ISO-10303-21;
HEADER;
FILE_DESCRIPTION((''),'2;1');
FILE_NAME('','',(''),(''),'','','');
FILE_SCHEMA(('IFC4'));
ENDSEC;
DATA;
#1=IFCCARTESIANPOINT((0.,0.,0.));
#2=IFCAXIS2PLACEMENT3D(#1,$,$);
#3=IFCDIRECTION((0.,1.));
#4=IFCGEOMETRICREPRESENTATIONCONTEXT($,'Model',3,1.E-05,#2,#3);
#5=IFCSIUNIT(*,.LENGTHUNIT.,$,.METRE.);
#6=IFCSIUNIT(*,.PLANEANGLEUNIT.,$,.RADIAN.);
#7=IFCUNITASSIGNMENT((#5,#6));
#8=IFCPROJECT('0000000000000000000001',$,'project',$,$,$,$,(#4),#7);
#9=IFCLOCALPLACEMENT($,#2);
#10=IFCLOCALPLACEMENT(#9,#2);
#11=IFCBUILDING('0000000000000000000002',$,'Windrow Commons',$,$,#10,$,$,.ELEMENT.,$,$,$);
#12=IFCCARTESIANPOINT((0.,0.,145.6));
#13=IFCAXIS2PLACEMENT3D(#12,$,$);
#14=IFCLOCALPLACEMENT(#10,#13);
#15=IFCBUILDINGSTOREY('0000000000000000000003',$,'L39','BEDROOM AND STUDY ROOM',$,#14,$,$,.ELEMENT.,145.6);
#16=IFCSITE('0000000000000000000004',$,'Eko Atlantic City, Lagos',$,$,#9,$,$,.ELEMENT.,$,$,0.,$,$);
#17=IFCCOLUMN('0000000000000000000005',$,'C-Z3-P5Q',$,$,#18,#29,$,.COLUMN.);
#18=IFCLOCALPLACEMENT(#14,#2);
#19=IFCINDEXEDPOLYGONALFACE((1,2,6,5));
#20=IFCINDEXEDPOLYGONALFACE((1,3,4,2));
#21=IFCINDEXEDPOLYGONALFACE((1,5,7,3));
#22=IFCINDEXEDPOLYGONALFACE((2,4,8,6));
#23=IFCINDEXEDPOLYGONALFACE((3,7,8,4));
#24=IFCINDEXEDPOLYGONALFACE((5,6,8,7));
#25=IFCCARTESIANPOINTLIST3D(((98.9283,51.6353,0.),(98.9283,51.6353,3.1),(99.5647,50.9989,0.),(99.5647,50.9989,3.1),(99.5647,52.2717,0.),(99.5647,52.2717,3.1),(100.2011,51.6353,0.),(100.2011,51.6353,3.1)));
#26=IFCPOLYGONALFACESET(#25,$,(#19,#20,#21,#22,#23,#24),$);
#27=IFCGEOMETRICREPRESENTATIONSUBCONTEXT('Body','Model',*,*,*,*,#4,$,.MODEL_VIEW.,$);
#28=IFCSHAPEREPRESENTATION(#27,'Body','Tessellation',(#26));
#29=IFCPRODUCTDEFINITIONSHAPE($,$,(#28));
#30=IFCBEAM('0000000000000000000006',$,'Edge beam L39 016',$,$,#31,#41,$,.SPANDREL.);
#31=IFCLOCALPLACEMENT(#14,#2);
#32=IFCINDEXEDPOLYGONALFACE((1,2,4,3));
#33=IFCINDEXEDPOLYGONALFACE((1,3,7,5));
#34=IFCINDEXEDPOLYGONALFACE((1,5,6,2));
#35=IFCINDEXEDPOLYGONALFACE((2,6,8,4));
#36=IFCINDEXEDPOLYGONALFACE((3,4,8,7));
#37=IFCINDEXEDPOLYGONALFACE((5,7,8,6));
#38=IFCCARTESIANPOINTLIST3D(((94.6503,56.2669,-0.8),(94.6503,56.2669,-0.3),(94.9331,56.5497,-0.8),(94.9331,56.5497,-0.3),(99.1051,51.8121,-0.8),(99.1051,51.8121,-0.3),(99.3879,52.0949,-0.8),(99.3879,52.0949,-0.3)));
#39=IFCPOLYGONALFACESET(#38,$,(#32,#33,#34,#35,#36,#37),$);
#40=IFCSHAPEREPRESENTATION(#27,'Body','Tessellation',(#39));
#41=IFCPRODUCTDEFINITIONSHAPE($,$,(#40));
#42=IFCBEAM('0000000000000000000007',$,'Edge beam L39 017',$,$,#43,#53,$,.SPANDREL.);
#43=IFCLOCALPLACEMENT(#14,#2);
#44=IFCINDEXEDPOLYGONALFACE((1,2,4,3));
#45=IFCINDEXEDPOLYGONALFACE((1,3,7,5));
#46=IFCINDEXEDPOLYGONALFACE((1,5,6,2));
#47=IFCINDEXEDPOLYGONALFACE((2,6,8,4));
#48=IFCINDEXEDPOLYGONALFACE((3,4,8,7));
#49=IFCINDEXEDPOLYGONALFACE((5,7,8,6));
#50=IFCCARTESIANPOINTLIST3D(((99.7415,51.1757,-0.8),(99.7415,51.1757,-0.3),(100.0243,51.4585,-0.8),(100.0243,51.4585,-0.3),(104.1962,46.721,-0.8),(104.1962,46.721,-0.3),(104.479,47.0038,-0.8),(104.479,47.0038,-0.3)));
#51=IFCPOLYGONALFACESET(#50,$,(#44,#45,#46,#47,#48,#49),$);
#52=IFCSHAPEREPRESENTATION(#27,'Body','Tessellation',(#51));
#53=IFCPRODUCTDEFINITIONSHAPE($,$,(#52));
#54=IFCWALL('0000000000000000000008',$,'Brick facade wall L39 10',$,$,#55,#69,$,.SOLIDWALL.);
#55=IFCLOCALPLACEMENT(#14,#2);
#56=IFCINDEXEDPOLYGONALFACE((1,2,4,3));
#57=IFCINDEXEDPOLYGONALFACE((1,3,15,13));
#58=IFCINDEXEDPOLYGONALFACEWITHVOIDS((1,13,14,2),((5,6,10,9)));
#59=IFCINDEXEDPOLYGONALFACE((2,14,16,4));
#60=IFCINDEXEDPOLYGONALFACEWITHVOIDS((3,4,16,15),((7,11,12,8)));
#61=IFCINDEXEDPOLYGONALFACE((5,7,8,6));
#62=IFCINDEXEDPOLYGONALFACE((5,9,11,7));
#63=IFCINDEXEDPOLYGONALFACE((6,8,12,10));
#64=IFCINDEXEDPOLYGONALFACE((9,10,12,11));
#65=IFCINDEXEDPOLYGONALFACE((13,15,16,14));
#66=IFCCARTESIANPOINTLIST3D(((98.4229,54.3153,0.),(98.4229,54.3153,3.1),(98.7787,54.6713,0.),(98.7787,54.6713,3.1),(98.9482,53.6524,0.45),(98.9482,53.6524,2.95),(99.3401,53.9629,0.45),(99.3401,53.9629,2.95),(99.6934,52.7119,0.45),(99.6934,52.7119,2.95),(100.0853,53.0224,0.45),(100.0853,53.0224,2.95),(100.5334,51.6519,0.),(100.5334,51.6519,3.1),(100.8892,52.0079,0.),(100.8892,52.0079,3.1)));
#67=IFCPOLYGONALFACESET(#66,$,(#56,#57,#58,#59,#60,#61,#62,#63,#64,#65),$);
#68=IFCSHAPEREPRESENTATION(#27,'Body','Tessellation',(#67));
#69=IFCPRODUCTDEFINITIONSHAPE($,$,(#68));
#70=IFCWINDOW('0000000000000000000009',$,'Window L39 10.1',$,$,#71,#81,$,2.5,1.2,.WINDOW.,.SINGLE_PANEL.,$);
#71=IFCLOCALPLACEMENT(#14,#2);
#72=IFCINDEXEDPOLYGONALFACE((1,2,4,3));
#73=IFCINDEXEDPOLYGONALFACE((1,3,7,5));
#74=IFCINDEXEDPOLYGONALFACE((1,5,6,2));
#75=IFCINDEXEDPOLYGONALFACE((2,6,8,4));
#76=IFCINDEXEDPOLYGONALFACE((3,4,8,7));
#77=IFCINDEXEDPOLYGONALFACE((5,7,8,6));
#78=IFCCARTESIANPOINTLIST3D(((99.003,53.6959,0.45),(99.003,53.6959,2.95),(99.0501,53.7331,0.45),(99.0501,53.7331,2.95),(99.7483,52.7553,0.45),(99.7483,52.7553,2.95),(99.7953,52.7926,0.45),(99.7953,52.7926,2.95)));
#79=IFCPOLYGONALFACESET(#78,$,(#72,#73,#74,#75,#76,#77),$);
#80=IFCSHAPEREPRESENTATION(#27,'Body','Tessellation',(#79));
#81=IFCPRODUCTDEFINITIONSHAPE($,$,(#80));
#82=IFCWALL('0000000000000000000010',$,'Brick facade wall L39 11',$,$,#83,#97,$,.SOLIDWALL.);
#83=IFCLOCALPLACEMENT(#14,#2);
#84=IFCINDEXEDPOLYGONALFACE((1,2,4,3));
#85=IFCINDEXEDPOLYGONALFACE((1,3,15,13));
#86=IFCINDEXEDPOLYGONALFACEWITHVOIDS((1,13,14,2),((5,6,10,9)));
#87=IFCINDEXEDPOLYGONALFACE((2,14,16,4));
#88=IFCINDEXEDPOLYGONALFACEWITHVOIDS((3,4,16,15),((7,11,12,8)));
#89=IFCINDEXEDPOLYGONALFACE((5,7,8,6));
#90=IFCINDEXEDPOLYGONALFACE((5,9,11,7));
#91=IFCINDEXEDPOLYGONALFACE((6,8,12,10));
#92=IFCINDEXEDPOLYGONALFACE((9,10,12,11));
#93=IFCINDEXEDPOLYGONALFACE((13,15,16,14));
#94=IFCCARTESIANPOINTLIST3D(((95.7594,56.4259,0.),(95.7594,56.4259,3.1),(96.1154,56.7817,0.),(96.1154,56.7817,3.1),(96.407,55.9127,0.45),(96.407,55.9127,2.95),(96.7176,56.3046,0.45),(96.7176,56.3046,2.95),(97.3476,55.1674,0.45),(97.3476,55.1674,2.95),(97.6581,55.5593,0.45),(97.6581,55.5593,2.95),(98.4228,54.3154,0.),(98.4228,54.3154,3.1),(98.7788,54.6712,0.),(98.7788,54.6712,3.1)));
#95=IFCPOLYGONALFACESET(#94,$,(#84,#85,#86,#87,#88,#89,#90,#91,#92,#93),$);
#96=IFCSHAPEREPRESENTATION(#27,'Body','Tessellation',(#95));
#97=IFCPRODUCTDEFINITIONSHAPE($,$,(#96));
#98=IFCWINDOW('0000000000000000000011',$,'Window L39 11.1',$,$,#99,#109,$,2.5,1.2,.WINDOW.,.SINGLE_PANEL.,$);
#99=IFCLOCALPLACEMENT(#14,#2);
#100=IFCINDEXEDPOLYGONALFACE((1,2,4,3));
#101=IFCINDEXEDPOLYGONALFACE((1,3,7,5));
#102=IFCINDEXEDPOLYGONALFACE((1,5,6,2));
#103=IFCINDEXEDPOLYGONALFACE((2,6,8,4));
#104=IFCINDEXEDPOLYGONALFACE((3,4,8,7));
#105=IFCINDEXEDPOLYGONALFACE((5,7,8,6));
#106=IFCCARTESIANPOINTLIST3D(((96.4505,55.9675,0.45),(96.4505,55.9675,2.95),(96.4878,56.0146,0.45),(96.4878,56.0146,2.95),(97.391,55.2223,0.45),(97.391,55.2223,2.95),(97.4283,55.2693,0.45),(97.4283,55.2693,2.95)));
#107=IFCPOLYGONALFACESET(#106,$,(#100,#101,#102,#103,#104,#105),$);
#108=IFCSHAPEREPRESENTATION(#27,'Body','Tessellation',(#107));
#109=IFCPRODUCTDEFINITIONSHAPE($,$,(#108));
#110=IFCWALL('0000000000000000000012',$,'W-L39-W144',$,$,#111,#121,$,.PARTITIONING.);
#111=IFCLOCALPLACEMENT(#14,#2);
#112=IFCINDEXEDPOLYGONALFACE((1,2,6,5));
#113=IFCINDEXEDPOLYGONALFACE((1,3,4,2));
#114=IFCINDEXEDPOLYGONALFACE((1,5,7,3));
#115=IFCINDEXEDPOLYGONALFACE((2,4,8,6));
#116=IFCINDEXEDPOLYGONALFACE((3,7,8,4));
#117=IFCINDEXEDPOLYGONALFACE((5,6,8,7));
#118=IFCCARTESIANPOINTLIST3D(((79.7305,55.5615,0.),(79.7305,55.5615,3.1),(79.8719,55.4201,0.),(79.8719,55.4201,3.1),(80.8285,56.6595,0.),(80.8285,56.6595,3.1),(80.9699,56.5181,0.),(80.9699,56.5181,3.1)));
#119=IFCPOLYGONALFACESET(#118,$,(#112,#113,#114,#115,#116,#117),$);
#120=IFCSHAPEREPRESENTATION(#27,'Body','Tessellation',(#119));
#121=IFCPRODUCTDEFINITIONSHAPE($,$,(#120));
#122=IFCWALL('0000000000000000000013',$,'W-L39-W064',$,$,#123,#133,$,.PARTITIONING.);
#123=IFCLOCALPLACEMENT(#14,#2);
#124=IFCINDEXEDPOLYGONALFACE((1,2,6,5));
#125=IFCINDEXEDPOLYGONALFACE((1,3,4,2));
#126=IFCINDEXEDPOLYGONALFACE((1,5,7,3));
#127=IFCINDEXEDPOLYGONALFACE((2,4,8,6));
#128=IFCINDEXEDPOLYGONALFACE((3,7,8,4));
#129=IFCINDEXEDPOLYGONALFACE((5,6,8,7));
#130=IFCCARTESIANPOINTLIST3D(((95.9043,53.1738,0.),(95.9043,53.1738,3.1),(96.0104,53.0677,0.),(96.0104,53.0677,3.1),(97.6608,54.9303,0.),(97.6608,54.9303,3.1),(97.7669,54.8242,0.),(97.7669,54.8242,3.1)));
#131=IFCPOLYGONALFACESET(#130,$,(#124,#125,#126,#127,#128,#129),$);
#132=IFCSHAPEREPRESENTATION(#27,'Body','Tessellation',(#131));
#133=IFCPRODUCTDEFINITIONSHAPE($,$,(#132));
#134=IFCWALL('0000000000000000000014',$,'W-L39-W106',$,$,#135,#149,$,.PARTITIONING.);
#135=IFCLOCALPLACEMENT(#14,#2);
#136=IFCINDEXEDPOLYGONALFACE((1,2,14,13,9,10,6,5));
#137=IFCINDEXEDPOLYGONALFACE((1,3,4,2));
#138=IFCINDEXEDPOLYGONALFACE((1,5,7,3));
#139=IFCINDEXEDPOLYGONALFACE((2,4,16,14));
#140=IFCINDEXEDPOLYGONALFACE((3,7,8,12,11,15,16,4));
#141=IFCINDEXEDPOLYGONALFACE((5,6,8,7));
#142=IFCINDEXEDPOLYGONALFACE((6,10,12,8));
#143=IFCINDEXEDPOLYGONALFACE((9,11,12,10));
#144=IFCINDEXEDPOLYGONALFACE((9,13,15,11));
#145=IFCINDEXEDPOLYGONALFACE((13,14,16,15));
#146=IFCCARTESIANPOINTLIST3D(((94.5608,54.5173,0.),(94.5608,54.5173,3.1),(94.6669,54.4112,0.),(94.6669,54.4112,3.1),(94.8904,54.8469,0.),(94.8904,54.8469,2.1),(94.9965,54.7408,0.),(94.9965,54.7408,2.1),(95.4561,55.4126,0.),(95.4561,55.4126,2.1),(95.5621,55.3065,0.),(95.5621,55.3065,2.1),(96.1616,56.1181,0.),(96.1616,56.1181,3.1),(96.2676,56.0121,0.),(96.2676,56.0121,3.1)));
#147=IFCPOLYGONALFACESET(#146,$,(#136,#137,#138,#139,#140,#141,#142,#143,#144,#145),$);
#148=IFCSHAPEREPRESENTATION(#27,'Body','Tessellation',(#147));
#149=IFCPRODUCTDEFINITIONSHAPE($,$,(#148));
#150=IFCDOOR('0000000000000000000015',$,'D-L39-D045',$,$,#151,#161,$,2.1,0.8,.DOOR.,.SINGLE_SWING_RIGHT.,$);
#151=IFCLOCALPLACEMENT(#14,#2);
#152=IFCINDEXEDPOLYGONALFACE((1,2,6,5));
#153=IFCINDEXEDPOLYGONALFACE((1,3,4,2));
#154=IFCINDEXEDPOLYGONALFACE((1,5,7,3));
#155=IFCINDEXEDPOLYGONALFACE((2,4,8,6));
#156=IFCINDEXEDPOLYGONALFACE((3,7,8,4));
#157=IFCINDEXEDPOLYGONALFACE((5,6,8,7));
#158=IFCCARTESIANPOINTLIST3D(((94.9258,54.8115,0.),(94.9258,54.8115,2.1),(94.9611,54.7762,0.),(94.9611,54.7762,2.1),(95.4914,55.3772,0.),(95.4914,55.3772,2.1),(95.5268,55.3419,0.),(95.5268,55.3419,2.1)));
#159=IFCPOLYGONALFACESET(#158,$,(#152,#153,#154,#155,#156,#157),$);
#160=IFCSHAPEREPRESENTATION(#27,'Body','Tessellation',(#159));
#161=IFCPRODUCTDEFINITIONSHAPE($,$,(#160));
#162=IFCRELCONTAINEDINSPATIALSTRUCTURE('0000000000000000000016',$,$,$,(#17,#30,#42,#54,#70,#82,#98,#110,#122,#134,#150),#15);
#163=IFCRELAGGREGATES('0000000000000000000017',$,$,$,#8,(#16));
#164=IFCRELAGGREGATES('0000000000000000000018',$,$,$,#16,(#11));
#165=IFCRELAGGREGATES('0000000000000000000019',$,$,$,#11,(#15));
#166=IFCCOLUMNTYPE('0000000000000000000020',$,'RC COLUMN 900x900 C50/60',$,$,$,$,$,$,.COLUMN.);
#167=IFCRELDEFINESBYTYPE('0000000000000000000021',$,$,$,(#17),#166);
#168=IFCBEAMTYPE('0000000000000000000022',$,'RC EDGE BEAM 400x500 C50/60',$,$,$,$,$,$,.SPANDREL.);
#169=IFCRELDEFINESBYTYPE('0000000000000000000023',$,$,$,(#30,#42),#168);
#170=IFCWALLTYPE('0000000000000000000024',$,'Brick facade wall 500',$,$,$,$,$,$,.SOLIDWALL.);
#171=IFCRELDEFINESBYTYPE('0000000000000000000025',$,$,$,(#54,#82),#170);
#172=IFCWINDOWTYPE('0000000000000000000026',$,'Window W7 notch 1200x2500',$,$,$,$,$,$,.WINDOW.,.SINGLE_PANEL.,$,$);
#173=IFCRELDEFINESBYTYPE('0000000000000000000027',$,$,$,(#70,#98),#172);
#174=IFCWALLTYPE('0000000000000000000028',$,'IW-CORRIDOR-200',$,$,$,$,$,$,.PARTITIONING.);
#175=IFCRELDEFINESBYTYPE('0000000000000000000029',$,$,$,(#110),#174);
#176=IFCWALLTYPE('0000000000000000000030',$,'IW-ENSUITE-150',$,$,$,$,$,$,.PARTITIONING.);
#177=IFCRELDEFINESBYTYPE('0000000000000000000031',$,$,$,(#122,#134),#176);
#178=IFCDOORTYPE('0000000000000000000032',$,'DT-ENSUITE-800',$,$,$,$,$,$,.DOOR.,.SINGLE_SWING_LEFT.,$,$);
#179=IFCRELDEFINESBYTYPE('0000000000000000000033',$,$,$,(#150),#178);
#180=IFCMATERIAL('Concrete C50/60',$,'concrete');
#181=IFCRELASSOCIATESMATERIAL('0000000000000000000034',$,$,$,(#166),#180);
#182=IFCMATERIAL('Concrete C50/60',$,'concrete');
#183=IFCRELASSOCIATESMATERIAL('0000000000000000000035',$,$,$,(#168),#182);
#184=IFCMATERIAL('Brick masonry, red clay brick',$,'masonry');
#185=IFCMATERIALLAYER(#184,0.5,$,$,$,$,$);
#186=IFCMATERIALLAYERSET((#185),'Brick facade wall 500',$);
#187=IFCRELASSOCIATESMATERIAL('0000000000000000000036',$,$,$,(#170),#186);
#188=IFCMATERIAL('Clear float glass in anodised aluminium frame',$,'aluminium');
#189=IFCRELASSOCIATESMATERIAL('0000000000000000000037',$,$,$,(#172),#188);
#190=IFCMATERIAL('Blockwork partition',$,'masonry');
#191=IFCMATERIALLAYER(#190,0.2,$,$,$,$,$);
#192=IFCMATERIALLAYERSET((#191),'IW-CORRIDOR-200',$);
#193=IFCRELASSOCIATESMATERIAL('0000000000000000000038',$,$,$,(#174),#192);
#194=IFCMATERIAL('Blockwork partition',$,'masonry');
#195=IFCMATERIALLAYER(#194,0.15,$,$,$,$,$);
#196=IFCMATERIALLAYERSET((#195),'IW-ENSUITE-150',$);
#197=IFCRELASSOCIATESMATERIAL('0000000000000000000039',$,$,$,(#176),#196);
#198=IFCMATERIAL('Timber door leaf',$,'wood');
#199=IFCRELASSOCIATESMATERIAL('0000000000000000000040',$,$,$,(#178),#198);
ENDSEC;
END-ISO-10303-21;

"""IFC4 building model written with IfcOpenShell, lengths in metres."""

from ifc_helpers import new_model, si_unit, direction, frame, frame_2d, origin, origin_2d, place, context, subcontext, project, spatial, polyline, rectangle, outline, extrude, material, layer, layer_set, material_profile, profile_set, type_object, element, fill, save


model = new_model("IFC4")

# Units and contexts
model_context = context("Model", 3, precision=1e-05, world=origin(), true_north=direction((0.0, 1.0)))
body_context = subcontext(model_context, "Body", "Model", "MODEL_VIEW")
ifc_project = project(units=[si_unit("LENGTHUNIT", "METRE"), si_unit("PLANEANGLEUNIT", "RADIAN")], contexts=[model_context])

# Site, building, storey
site_placement = place(None, origin())
site = spatial("IfcSite", under=ifc_project, at=site_placement, Name="Eko Atlantic City, Lagos", CompositionType="ELEMENT", RefElevation=0.0)
building_placement = place(site_placement, origin())
building = spatial("IfcBuilding", under=site, at=building_placement, Name="Windrow Commons", CompositionType="ELEMENT")
storey_placement = place(building_placement, frame((0.0, 0.0, 145.6)))
storey = spatial("IfcBuildingStorey", under=building, at=storey_placement, Name="L39", Description="BEDROOM AND STUDY ROOM", CompositionType="ELEMENT", Elevation=145.6)

# Column
ifc_material_1 = material(Name="Concrete C50/60", Category="concrete")
ifc_material_profile_1 = material_profile(ifc_material_1, rectangle(XDim=0.9, YDim=0.9, at=origin_2d()))
ifc_profile_set_1 = profile_set([ifc_material_profile_1], Name="Concrete C50/60")
column_type = type_object("IfcColumnType", Name="RC COLUMN 900x900 C50/60", PredefinedType="COLUMN", material=ifc_profile_set_1)
column_placement = place(storey_placement, frame((99.5647, 51.6353, 0.0), z_axis=(0.0, 0.0, 1.0), x_axis=(0.707107, -0.707107, 0.0)))
element("IfcColumn", 1, at=column_placement, inside=storey, type_object=column_type, Name="C-Z3-P5Q", PredefinedType="COLUMN", context=body_context, shape_type="SweptSolid", body=[
    extrude(rectangle(XDim=0.9, YDim=0.9, at=origin_2d()), origin(), (0.0, 0.0, 1.0), 3.1),
])

# Beams
ifc_material_2 = material(Name="Concrete C50/60", Category="concrete")
ifc_material_profile_2 = material_profile(ifc_material_2, rectangle(XDim=0.4, YDim=0.5, at=origin_2d()))
ifc_profile_set_2 = profile_set([ifc_material_profile_2], Name="Concrete C50/60")
beam_type = type_object("IfcBeamType", Name="RC EDGE BEAM 400x500 C50/60", PredefinedType="SPANDREL", material=ifc_profile_set_2)
beam_1_placement = place(storey_placement, frame((94.7917, 56.4083, -0.55), z_axis=(0.707107, -0.707107, 0.0), x_axis=(0.707107, 0.707107, 0.0)))
element("IfcBeam", 2, at=beam_1_placement, inside=storey, type_object=beam_type, Name="Edge beam L39 016", PredefinedType="SPANDREL", context=body_context, shape_type="SweptSolid", body=[
    extrude(rectangle(XDim=0.4, YDim=0.5, at=origin_2d()), origin(), (0.0, 0.0, 1.0), 6.3),
])
beam_2_placement = place(storey_placement, frame((99.8829, 51.3171, -0.55), z_axis=(0.707107, -0.707107, 0.0), x_axis=(0.707107, 0.707107, 0.0)))
element("IfcBeam", 3, at=beam_2_placement, inside=storey, type_object=beam_type, Name="Edge beam L39 017", PredefinedType="SPANDREL", context=body_context, shape_type="SweptSolid", body=[
    extrude(rectangle(XDim=0.4, YDim=0.5, at=origin_2d()), origin(), (0.0, 0.0, 1.0), 6.2999),
])

# Walls, openings, windows
ifc_material_3 = material(Name="Brick masonry, red clay brick", Category="masonry")
ifc_layer_1 = layer(ifc_material_3, 0.5)
ifc_layer_set_1 = layer_set([ifc_layer_1], Name="Brick facade wall 500")
wall_type_1 = type_object("IfcWallType", Name="Brick facade wall 500", PredefinedType="SOLIDWALL", material=ifc_layer_set_1)
wall_1_placement = place(storey_placement, frame((100.7113, 51.8299, 0.0), z_axis=(0.0, 0.0, 1.0), x_axis=(-0.62106, 0.783763, 0.0)))
wall_1 = element("IfcWall", 4, at=wall_1_placement, inside=storey, type_object=wall_type_1, Name="Brick facade wall L39 10", PredefinedType="SOLIDWALL", context=body_context, shape_type="SweptSolid", body=[
    extrude(outline(polyline([(0.029, -0.25), (3.4272, -0.25), (3.3692, 0.25), (-0.029, 0.25), (0.029, -0.25)])), origin(), (0.0, 0.0, 1.0), 3.1),
])
opening_1_placement = place(wall_1_placement, frame((1.3234, 0.0, 0.45)))
opening_1 = element("IfcOpeningElement", 5, at=opening_1_placement, cuts=wall_1, PredefinedType="OPENING", context=body_context, shape_type="SweptSolid", body=[
    extrude(rectangle(XDim=1.2, YDim=2.5, at=frame_2d((0.6, 1.25))), frame((0.0, 0.26, 0.0), z_axis=(0.0, -1.0, 0.0), x_axis=(1.0, 0.0, 0.0)), (0.0, 0.0, 1.0), 0.52),
])
ifc_material_4 = material(Name="Clear float glass in anodised aluminium frame", Category="aluminium")
window_type = type_object("IfcWindowType", Name="Window W7 notch 1200x2500", PartitioningType="SINGLE_PANEL", PredefinedType="WINDOW", material=ifc_material_4)
window_1_placement = place(opening_1_placement, origin())
window_1 = element("IfcWindow", 6, at=window_1_placement, inside=storey, type_object=window_type, Name="Window L39 10.1", OverallHeight=2.5, OverallWidth=1.2, PartitioningType="SINGLE_PANEL", PredefinedType="WINDOW", context=body_context, shape_type="SweptSolid", body=[
    extrude(rectangle(XDim=1.2, YDim=2.5, at=frame_2d((0.6, 1.25))), frame((0.0, 0.18, 0.0), z_axis=(0.0, -1.0, 0.0), x_axis=(1.0, 0.0, 0.0)), (0.0, 0.0, 1.0), 0.06),
])
fill(opening_1, window_1)
wall_2_placement = place(storey_placement, frame((98.6008, 54.4933, 0.0), z_axis=(0.0, 0.0, 1.0), x_axis=(-0.783763, 0.62106, 0.0)))
wall_2 = element("IfcWall", 7, at=wall_2_placement, inside=storey, type_object=wall_type_1, Name="Brick facade wall L39 11", PredefinedType="SOLIDWALL", context=body_context, shape_type="SweptSolid", body=[
    extrude(outline(polyline([(-0.029, -0.25), (3.3692, -0.25), (3.4272, 0.25), (0.029, 0.25), (-0.029, -0.25)])), origin(), (0.0, 0.0, 1.0), 3.1),
])
opening_2_placement = place(wall_2_placement, frame((1.4009, 0.0, 0.45)))
opening_2 = element("IfcOpeningElement", 8, at=opening_2_placement, cuts=wall_2, PredefinedType="OPENING", context=body_context, shape_type="SweptSolid", body=[
    extrude(rectangle(XDim=1.2, YDim=2.5, at=frame_2d((0.6, 1.25))), frame((0.0, 0.26, 0.0), z_axis=(0.0, -1.0, 0.0), x_axis=(1.0, 0.0, 0.0)), (0.0, 0.0, 1.0), 0.52),
])
window_2_placement = place(opening_2_placement, origin())
window_2 = element("IfcWindow", 9, at=window_2_placement, inside=storey, type_object=window_type, Name="Window L39 11.1", OverallHeight=2.5, OverallWidth=1.2, PartitioningType="SINGLE_PANEL", PredefinedType="WINDOW", context=body_context, shape_type="SweptSolid", body=[
    extrude(rectangle(XDim=1.2, YDim=2.5, at=frame_2d((0.6, 1.25))), frame((0.0, 0.18, 0.0), z_axis=(0.0, -1.0, 0.0), x_axis=(1.0, 0.0, 0.0)), (0.0, 0.0, 1.0), 0.06),
])
fill(opening_2, window_2)

# Walls
ifc_material_5 = material(Name="Blockwork partition", Category="masonry")
ifc_layer_2 = layer(ifc_material_5, 0.2)
ifc_layer_set_2 = layer_set([ifc_layer_2], Name="IW-CORRIDOR-200")
wall_type_2 = type_object("IfcWallType", Name="IW-CORRIDOR-200", PredefinedType="PARTITIONING", material=ifc_layer_set_2)
wall_3_placement = place(storey_placement, frame((79.8012, 55.4908, 0.0), z_axis=(0.0, 0.0, 1.0), x_axis=(0.707107, 0.707107, 0.0)))
element("IfcWall", 10, at=wall_3_placement, inside=storey, type_object=wall_type_2, Name="W-L39-W144", PredefinedType="PARTITIONING", context=body_context, shape_type="SweptSolid", body=[
    extrude(rectangle(XDim=1.5528, YDim=0.2, at=frame_2d((0.7764, 0.0))), origin(), (0.0, 0.0, 1.0), 3.1),
])
ifc_material_6 = material(Name="Blockwork partition", Category="masonry")
ifc_layer_3 = layer(ifc_material_6, 0.15)
ifc_layer_set_3 = layer_set([ifc_layer_3], Name="IW-ENSUITE-150")
wall_type_3 = type_object("IfcWallType", Name="IW-ENSUITE-150", PredefinedType="PARTITIONING", material=ifc_layer_set_3)
wall_4_placement = place(storey_placement, frame((95.9573, 53.1207, 0.0), z_axis=(0.0, 0.0, 1.0), x_axis=(0.707107, 0.707107, 0.0)))
element("IfcWall", 11, at=wall_4_placement, inside=storey, type_object=wall_type_3, Name="W-L39-W064", PredefinedType="PARTITIONING", context=body_context, shape_type="SweptSolid", body=[
    extrude(rectangle(XDim=2.4841, YDim=0.15, at=frame_2d((1.2421, 0.0))), origin(), (0.0, 0.0, 1.0), 3.1),
])

# Wall, opening, door
wall_5_placement = place(storey_placement, frame((94.6138, 54.4642, 0.0), z_axis=(0.0, 0.0, 1.0), x_axis=(0.707085, 0.707129, 0.0)))
wall_5 = element("IfcWall", 12, at=wall_5_placement, inside=storey, type_object=wall_type_3, Name="W-L39-W106", PredefinedType="PARTITIONING", context=body_context, shape_type="SweptSolid", body=[
    extrude(rectangle(XDim=2.2639, YDim=0.15, at=frame_2d((1.132, 0.0))), origin(), (0.0, 0.0, 1.0), 3.1),
])
opening_3_placement = place(wall_5_placement, frame((0.4662, 0.0, 0.0)))
opening_3 = element("IfcOpeningElement", 13, at=opening_3_placement, cuts=wall_5, PredefinedType="OPENING", context=body_context, shape_type="SweptSolid", body=[
    extrude(rectangle(XDim=0.8, YDim=2.1, at=frame_2d((0.4, 1.05))), frame((0.0, 0.085, 0.0), z_axis=(0.0, -1.0, 0.0), x_axis=(1.0, 0.0, 0.0)), (0.0, 0.0, 1.0), 0.17),
])
ifc_material_7 = material(Name="Timber door leaf", Category="wood")
door_type_1 = type_object("IfcDoorType", Name="DT-ENSUITE-800", OperationType="SINGLE_SWING_LEFT", PredefinedType="DOOR", material=ifc_material_7)
door_1_placement = place(opening_3_placement, origin())
door_1 = element("IfcDoor", 14, at=door_1_placement, inside=storey, type_object=door_type_1, Name="D-L39-D045", OperationType="SINGLE_SWING_RIGHT", OverallHeight=2.1, OverallWidth=0.8, PredefinedType="DOOR", context=body_context, shape_type="SweptSolid", body=[
    extrude(rectangle(XDim=0.8, YDim=2.1, at=frame_2d((0.4, 1.05))), frame((0.0, 0.025, 0.0), z_axis=(0.0, -1.0, 0.0), x_axis=(1.0, 0.0, 0.0)), (0.0, 0.0, 1.0), 0.05),
])
fill(opening_3, door_1)

save(model, "model.ifc")
